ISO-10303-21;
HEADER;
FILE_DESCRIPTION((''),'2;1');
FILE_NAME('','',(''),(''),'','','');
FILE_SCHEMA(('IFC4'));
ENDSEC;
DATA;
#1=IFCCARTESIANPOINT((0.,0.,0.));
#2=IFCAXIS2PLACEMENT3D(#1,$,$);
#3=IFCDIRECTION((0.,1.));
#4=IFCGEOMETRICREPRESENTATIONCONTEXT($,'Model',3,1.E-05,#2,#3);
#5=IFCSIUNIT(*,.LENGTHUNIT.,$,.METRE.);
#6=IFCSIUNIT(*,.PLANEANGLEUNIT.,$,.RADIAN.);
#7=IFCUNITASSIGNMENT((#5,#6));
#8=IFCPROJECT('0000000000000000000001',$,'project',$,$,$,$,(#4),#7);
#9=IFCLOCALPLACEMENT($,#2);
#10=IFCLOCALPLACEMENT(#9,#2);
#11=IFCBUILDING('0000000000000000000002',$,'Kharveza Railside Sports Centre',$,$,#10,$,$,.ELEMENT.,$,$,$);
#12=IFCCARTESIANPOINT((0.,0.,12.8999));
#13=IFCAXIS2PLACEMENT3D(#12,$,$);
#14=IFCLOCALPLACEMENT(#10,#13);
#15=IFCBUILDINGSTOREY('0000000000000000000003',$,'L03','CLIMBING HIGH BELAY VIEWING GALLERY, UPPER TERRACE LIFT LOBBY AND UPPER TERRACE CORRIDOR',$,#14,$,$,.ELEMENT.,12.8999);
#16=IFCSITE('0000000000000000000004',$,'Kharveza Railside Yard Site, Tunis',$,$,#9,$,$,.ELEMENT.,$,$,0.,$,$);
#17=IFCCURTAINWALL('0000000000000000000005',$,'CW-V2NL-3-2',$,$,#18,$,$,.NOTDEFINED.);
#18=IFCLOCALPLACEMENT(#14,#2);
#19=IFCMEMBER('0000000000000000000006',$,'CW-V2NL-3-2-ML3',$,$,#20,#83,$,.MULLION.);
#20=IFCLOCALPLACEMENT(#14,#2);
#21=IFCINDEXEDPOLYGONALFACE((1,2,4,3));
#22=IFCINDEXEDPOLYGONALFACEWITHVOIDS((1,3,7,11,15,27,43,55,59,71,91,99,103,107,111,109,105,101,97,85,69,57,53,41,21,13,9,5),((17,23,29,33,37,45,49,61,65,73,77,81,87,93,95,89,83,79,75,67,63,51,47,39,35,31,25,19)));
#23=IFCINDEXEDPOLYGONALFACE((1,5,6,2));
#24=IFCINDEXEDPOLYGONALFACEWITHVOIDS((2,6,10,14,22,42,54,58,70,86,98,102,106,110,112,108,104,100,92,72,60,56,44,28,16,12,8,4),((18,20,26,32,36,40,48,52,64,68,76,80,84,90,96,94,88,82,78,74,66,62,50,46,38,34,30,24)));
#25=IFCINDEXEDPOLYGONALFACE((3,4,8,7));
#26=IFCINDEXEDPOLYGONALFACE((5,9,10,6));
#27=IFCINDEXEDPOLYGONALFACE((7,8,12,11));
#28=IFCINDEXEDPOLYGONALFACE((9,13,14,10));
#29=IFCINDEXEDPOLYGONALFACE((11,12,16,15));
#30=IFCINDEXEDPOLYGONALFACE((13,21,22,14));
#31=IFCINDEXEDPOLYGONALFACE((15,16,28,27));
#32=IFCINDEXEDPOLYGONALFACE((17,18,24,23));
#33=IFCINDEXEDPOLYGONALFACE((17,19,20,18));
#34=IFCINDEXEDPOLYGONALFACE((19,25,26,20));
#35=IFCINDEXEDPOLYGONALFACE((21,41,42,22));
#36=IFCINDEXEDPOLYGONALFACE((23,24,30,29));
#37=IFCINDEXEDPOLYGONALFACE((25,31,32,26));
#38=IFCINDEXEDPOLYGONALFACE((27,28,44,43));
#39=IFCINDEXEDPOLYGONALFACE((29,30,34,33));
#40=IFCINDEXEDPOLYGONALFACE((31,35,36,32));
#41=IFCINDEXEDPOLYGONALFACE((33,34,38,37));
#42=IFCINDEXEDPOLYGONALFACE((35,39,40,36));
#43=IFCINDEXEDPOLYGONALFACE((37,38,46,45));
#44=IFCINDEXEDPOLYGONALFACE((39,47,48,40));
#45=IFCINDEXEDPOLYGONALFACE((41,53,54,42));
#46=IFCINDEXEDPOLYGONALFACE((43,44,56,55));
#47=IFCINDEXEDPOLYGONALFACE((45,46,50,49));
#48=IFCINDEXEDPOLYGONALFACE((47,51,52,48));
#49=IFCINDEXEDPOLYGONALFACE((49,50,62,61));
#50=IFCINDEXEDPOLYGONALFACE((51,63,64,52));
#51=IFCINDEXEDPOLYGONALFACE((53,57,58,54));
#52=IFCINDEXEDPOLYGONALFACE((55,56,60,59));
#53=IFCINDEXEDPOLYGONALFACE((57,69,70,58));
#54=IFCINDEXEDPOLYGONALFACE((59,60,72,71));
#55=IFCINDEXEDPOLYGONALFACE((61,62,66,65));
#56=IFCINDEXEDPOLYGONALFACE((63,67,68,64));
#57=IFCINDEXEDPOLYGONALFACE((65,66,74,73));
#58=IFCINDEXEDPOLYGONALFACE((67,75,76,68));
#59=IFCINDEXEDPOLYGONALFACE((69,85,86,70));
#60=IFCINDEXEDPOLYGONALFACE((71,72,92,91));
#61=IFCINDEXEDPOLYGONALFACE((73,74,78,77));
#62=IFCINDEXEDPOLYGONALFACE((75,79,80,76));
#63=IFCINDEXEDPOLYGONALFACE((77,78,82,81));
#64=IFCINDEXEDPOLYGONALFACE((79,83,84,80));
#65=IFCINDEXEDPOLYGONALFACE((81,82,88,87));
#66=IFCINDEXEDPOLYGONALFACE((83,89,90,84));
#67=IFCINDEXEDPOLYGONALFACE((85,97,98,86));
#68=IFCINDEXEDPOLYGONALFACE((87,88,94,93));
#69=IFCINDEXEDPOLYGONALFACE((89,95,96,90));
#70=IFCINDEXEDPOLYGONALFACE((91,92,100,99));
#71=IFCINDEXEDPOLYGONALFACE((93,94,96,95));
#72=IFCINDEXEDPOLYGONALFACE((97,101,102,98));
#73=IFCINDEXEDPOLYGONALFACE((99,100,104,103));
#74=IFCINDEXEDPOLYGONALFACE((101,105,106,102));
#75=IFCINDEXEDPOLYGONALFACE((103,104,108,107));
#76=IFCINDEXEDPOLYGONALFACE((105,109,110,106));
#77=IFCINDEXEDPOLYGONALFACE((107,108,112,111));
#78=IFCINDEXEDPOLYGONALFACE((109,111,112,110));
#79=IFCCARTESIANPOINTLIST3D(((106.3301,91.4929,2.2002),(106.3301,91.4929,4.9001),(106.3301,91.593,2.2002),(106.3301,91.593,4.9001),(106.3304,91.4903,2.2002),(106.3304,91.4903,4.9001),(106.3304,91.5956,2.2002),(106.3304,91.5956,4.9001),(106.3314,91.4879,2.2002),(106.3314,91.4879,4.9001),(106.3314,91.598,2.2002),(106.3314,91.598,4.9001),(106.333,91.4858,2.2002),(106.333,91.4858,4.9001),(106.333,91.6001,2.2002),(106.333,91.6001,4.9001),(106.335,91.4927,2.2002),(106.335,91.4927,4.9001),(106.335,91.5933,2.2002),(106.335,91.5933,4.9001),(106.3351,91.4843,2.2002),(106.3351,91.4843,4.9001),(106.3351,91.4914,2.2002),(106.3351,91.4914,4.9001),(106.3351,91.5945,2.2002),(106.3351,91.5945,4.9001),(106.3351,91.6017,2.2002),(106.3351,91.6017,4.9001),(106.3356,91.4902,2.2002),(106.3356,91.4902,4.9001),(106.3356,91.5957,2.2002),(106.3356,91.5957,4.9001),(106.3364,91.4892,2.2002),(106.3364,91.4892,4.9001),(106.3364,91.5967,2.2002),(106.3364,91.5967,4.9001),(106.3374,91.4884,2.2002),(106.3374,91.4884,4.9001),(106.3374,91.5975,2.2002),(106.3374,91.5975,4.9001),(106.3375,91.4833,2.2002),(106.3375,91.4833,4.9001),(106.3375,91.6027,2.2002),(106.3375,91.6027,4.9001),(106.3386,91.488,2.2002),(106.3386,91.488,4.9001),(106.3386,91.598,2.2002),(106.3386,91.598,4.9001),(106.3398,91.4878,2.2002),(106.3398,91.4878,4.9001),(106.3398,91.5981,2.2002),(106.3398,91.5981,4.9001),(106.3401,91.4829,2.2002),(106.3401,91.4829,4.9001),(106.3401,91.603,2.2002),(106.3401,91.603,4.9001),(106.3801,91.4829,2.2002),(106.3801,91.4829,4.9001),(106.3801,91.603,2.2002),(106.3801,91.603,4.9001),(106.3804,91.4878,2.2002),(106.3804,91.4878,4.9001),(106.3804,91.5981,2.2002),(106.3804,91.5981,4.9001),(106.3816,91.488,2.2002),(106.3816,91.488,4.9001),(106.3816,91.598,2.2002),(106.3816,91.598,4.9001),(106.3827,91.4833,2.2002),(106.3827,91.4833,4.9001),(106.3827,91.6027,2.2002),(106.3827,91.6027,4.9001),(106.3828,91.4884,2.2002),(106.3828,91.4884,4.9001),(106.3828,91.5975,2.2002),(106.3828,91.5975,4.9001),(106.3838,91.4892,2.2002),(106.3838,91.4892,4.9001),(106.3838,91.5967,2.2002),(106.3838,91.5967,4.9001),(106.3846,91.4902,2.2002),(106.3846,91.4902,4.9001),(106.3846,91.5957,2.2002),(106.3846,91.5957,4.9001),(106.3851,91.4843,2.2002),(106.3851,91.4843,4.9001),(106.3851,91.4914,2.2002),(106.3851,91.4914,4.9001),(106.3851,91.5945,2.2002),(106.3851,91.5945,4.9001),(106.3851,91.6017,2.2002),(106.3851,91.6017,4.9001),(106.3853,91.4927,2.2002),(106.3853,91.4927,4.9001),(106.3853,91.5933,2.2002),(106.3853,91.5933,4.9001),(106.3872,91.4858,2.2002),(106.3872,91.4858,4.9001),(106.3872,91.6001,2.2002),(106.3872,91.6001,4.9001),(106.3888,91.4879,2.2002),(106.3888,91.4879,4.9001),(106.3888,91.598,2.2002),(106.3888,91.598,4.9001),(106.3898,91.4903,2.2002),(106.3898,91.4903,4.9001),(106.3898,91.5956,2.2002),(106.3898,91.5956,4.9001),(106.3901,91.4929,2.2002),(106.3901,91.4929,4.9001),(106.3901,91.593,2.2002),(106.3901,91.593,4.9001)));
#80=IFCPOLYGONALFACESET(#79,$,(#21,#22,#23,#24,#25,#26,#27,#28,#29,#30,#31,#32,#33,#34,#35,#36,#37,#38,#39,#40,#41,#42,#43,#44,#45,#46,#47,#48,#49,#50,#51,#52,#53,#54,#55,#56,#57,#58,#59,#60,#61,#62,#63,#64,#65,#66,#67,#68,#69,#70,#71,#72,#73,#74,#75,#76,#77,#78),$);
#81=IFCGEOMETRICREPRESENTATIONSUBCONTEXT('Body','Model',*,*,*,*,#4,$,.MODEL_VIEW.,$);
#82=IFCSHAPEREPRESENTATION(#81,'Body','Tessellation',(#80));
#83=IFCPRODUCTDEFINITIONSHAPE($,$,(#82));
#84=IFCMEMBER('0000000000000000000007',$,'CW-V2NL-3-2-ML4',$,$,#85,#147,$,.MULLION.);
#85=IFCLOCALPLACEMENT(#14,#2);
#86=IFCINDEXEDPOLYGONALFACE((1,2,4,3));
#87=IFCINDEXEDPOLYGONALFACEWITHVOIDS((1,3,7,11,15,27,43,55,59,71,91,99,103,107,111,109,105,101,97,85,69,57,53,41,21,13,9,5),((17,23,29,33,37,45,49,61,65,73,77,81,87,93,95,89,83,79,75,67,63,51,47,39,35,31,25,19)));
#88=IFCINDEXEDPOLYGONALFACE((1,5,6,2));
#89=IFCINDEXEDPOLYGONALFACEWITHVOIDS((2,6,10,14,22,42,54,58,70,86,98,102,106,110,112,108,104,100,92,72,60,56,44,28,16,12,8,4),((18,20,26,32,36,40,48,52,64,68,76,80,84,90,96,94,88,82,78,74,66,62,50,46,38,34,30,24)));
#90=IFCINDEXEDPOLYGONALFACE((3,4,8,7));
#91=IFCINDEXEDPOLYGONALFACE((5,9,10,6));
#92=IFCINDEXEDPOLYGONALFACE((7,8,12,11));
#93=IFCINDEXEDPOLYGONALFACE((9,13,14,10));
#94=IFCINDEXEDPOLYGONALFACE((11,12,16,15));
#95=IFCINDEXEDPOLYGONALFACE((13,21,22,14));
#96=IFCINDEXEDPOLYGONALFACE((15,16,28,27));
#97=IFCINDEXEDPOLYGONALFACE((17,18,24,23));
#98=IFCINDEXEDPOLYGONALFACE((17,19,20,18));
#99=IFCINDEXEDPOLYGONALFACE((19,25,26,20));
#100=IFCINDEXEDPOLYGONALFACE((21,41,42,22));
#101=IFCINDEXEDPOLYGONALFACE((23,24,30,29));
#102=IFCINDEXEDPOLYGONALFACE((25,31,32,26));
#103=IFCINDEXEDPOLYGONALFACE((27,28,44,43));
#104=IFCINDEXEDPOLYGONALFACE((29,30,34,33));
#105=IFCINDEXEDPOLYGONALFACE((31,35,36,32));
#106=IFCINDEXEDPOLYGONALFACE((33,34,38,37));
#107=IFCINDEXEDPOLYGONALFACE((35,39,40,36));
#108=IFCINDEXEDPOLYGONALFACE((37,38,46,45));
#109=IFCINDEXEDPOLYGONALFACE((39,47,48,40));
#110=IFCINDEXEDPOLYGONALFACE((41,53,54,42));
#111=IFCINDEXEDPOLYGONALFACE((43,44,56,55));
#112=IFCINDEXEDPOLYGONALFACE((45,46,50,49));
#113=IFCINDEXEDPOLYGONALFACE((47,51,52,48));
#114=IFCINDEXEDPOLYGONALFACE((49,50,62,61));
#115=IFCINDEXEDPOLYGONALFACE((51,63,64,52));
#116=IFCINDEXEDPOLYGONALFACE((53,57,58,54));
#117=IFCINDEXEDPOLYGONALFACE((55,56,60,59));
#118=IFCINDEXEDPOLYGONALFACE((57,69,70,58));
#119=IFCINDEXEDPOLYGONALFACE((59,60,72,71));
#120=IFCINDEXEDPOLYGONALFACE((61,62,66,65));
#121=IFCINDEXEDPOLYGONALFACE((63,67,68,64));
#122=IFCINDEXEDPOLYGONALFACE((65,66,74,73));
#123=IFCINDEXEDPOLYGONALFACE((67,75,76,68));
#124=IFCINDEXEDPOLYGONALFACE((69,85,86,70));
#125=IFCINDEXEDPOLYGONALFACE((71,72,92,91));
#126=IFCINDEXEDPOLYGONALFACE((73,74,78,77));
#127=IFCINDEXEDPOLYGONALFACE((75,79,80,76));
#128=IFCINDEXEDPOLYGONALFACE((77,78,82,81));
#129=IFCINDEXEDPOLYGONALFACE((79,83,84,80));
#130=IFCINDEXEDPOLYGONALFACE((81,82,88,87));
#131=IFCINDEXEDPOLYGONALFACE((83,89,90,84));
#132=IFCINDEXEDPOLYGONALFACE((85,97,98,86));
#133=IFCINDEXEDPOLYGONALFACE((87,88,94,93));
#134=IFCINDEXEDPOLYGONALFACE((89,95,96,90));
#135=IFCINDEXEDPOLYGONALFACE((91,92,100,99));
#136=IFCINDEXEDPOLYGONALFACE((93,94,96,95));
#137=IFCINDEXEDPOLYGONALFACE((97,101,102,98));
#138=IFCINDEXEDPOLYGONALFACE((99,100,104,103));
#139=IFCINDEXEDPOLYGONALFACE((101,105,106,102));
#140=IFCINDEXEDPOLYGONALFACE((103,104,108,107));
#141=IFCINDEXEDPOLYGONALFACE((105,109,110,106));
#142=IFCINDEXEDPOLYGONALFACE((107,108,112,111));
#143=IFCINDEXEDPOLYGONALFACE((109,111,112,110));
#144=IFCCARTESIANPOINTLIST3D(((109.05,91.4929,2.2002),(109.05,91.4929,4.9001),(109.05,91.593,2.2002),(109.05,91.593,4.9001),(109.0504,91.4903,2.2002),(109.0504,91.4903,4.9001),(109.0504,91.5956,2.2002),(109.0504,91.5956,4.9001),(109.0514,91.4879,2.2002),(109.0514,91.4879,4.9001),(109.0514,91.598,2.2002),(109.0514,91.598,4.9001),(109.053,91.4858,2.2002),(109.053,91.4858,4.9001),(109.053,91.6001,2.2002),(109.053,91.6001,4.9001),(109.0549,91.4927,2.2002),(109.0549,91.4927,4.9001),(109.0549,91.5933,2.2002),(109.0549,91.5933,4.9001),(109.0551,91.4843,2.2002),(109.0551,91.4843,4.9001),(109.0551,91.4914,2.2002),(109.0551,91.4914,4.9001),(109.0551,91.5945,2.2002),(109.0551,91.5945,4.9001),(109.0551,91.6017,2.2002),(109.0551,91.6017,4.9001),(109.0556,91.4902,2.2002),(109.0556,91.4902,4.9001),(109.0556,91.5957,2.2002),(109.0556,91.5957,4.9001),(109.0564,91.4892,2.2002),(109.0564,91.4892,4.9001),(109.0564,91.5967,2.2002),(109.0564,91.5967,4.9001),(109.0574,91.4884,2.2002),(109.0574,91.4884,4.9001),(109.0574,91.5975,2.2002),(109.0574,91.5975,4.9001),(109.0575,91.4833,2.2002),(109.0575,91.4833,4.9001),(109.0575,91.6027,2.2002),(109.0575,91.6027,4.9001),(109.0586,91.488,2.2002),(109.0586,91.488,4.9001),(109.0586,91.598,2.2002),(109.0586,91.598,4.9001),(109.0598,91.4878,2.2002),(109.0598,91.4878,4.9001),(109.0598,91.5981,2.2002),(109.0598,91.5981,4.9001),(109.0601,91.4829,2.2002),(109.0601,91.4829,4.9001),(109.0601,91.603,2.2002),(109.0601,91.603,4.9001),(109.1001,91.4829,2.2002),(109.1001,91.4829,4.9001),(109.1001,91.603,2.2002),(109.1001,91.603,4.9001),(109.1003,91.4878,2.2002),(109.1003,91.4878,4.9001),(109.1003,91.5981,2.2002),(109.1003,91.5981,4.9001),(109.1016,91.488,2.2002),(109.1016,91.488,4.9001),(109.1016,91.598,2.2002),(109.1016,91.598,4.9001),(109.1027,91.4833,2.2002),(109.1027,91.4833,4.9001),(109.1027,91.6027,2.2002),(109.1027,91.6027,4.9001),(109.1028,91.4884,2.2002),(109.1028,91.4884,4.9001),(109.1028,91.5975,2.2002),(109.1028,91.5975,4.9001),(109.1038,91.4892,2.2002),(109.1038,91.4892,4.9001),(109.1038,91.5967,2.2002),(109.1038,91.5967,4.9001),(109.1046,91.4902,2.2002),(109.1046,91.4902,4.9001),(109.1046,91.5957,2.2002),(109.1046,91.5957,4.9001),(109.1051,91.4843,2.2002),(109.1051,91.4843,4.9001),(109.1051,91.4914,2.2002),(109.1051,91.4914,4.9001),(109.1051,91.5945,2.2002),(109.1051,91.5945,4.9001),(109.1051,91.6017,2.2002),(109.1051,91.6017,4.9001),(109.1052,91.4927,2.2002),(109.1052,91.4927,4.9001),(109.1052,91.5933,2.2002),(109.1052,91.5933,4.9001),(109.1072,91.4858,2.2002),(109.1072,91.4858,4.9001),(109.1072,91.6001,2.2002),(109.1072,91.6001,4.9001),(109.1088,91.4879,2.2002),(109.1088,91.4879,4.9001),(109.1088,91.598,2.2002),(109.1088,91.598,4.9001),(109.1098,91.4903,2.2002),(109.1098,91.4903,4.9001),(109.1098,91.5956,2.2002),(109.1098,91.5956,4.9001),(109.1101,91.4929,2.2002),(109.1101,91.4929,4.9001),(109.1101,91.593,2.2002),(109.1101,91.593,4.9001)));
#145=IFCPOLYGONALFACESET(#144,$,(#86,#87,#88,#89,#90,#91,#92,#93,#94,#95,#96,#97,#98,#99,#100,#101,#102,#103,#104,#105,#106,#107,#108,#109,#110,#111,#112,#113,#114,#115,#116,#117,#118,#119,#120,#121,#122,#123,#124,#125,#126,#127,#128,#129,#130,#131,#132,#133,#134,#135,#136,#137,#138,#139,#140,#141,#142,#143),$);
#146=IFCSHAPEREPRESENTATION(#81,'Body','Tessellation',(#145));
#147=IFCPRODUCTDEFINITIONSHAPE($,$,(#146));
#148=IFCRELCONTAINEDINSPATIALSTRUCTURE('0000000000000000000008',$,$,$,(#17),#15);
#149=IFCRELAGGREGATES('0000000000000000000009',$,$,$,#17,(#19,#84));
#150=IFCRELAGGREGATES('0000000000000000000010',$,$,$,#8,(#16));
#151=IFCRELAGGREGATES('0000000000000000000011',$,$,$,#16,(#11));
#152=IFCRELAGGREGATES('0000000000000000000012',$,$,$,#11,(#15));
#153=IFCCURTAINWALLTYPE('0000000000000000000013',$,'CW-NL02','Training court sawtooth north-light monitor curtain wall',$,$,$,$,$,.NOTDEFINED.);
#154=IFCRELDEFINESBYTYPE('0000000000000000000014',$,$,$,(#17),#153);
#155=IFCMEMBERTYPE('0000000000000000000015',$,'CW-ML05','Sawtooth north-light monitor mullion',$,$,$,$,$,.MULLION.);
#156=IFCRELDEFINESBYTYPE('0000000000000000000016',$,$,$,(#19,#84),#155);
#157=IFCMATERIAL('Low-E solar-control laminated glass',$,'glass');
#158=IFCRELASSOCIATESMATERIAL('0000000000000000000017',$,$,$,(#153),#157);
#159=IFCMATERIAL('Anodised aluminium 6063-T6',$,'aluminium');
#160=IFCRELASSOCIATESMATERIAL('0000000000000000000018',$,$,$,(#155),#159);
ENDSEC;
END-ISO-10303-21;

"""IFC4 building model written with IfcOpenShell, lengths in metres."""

from ifc_helpers import new_model, si_unit, direction, frame, origin, origin_2d, place, context, subcontext, project, spatial, hollow_rectangle, extrude, material, material_profile, profile_set, type_object, element, aggregate, save


model = new_model("IFC4")

# Units and contexts
model_context = context("Model", 3, precision=1e-05, world=origin(), true_north=direction((0.0, 1.0)))
body_context = subcontext(model_context, "Body", "Model", "MODEL_VIEW")
ifc_project = project(units=[si_unit("LENGTHUNIT", "METRE"), si_unit("PLANEANGLEUNIT", "RADIAN")], contexts=[model_context])

# Site, building, storey
site_placement = place(None, origin())
site = spatial("IfcSite", under=ifc_project, at=site_placement, Name="Kharveza Railside Yard Site, Tunis", CompositionType="ELEMENT", RefElevation=0.0)
building_placement = place(site_placement, origin())
building = spatial("IfcBuilding", under=site, at=building_placement, Name="Kharveza Railside Sports Centre", CompositionType="ELEMENT")
storey_placement = place(building_placement, frame((0.0, 0.0, 12.8999)))
storey = spatial("IfcBuildingStorey", under=building, at=storey_placement, Name="L03", Description="CLIMBING HIGH BELAY VIEWING GALLERY, UPPER TERRACE LIFT LOBBY AND UPPER TERRACE CORRIDOR", CompositionType="ELEMENT", Elevation=12.8999)

# Curtain wall, members
ifc_material_1 = material(Name="Low-E solar-control laminated glass", Category="glass")
curtain_wall_type = type_object("IfcCurtainWallType", Name="CW-NL02", Description="Training court sawtooth north-light monitor curtain wall", PredefinedType="NOTDEFINED", material=ifc_material_1)
curtain_wall_1_placement = place(storey_placement, origin())
curtain_wall_1 = element("IfcCurtainWall", 1, at=curtain_wall_1_placement, inside=storey, type_object=curtain_wall_type, Name="CW-V2NL-3-2", PredefinedType="NOTDEFINED")
ifc_material_2 = material(Name="Anodised aluminium 6063-T6", Category="aluminium")
ifc_material_profile_1 = material_profile(ifc_material_2, hollow_rectangle(XDim=0.0601, YDim=0.1201, WallThickness=0.0049, InnerFilletRadius=0.0049, OuterFilletRadius=0.01, at=origin_2d()), Name="RHS 60x120x5.0")
ifc_profile_set_1 = profile_set([ifc_material_profile_1], Name="Anodised aluminium 6063-T6")
member_type_1 = type_object("IfcMemberType", Name="CW-ML05", Description="Sawtooth north-light monitor mullion", PredefinedType="MULLION", material=ifc_profile_set_1)
member_1_placement = place(storey_placement, frame((106.3601, 91.543, 2.2002), z_axis=(0.0, 0.0, 1.0), x_axis=(1.0, 0.0, 0.0)))
member_1 = element("IfcMember", 2, at=member_1_placement, type_object=member_type_1, Name="CW-V2NL-3-2-ML3", PredefinedType="MULLION", context=body_context, shape_type="SweptSolid", body=[
    extrude(hollow_rectangle(XDim=0.0601, YDim=0.1201, WallThickness=0.0049, InnerFilletRadius=0.0049, OuterFilletRadius=0.01, at=origin_2d()), origin(), (0.0, 0.0, 1.0), 2.7),
])
member_2_placement = place(storey_placement, frame((109.0801, 91.543, 2.2002), z_axis=(0.0, 0.0, 1.0), x_axis=(1.0, 0.0, 0.0)))
member_2 = element("IfcMember", 3, at=member_2_placement, type_object=member_type_1, Name="CW-V2NL-3-2-ML4", PredefinedType="MULLION", context=body_context, shape_type="SweptSolid", body=[
    extrude(hollow_rectangle(XDim=0.0601, YDim=0.1201, WallThickness=0.0049, InnerFilletRadius=0.0049, OuterFilletRadius=0.01, at=origin_2d()), origin(), (0.0, 0.0, 1.0), 2.7),
])

aggregate(curtain_wall_1, [member_1, member_2])

save(model, "model.ifc")
